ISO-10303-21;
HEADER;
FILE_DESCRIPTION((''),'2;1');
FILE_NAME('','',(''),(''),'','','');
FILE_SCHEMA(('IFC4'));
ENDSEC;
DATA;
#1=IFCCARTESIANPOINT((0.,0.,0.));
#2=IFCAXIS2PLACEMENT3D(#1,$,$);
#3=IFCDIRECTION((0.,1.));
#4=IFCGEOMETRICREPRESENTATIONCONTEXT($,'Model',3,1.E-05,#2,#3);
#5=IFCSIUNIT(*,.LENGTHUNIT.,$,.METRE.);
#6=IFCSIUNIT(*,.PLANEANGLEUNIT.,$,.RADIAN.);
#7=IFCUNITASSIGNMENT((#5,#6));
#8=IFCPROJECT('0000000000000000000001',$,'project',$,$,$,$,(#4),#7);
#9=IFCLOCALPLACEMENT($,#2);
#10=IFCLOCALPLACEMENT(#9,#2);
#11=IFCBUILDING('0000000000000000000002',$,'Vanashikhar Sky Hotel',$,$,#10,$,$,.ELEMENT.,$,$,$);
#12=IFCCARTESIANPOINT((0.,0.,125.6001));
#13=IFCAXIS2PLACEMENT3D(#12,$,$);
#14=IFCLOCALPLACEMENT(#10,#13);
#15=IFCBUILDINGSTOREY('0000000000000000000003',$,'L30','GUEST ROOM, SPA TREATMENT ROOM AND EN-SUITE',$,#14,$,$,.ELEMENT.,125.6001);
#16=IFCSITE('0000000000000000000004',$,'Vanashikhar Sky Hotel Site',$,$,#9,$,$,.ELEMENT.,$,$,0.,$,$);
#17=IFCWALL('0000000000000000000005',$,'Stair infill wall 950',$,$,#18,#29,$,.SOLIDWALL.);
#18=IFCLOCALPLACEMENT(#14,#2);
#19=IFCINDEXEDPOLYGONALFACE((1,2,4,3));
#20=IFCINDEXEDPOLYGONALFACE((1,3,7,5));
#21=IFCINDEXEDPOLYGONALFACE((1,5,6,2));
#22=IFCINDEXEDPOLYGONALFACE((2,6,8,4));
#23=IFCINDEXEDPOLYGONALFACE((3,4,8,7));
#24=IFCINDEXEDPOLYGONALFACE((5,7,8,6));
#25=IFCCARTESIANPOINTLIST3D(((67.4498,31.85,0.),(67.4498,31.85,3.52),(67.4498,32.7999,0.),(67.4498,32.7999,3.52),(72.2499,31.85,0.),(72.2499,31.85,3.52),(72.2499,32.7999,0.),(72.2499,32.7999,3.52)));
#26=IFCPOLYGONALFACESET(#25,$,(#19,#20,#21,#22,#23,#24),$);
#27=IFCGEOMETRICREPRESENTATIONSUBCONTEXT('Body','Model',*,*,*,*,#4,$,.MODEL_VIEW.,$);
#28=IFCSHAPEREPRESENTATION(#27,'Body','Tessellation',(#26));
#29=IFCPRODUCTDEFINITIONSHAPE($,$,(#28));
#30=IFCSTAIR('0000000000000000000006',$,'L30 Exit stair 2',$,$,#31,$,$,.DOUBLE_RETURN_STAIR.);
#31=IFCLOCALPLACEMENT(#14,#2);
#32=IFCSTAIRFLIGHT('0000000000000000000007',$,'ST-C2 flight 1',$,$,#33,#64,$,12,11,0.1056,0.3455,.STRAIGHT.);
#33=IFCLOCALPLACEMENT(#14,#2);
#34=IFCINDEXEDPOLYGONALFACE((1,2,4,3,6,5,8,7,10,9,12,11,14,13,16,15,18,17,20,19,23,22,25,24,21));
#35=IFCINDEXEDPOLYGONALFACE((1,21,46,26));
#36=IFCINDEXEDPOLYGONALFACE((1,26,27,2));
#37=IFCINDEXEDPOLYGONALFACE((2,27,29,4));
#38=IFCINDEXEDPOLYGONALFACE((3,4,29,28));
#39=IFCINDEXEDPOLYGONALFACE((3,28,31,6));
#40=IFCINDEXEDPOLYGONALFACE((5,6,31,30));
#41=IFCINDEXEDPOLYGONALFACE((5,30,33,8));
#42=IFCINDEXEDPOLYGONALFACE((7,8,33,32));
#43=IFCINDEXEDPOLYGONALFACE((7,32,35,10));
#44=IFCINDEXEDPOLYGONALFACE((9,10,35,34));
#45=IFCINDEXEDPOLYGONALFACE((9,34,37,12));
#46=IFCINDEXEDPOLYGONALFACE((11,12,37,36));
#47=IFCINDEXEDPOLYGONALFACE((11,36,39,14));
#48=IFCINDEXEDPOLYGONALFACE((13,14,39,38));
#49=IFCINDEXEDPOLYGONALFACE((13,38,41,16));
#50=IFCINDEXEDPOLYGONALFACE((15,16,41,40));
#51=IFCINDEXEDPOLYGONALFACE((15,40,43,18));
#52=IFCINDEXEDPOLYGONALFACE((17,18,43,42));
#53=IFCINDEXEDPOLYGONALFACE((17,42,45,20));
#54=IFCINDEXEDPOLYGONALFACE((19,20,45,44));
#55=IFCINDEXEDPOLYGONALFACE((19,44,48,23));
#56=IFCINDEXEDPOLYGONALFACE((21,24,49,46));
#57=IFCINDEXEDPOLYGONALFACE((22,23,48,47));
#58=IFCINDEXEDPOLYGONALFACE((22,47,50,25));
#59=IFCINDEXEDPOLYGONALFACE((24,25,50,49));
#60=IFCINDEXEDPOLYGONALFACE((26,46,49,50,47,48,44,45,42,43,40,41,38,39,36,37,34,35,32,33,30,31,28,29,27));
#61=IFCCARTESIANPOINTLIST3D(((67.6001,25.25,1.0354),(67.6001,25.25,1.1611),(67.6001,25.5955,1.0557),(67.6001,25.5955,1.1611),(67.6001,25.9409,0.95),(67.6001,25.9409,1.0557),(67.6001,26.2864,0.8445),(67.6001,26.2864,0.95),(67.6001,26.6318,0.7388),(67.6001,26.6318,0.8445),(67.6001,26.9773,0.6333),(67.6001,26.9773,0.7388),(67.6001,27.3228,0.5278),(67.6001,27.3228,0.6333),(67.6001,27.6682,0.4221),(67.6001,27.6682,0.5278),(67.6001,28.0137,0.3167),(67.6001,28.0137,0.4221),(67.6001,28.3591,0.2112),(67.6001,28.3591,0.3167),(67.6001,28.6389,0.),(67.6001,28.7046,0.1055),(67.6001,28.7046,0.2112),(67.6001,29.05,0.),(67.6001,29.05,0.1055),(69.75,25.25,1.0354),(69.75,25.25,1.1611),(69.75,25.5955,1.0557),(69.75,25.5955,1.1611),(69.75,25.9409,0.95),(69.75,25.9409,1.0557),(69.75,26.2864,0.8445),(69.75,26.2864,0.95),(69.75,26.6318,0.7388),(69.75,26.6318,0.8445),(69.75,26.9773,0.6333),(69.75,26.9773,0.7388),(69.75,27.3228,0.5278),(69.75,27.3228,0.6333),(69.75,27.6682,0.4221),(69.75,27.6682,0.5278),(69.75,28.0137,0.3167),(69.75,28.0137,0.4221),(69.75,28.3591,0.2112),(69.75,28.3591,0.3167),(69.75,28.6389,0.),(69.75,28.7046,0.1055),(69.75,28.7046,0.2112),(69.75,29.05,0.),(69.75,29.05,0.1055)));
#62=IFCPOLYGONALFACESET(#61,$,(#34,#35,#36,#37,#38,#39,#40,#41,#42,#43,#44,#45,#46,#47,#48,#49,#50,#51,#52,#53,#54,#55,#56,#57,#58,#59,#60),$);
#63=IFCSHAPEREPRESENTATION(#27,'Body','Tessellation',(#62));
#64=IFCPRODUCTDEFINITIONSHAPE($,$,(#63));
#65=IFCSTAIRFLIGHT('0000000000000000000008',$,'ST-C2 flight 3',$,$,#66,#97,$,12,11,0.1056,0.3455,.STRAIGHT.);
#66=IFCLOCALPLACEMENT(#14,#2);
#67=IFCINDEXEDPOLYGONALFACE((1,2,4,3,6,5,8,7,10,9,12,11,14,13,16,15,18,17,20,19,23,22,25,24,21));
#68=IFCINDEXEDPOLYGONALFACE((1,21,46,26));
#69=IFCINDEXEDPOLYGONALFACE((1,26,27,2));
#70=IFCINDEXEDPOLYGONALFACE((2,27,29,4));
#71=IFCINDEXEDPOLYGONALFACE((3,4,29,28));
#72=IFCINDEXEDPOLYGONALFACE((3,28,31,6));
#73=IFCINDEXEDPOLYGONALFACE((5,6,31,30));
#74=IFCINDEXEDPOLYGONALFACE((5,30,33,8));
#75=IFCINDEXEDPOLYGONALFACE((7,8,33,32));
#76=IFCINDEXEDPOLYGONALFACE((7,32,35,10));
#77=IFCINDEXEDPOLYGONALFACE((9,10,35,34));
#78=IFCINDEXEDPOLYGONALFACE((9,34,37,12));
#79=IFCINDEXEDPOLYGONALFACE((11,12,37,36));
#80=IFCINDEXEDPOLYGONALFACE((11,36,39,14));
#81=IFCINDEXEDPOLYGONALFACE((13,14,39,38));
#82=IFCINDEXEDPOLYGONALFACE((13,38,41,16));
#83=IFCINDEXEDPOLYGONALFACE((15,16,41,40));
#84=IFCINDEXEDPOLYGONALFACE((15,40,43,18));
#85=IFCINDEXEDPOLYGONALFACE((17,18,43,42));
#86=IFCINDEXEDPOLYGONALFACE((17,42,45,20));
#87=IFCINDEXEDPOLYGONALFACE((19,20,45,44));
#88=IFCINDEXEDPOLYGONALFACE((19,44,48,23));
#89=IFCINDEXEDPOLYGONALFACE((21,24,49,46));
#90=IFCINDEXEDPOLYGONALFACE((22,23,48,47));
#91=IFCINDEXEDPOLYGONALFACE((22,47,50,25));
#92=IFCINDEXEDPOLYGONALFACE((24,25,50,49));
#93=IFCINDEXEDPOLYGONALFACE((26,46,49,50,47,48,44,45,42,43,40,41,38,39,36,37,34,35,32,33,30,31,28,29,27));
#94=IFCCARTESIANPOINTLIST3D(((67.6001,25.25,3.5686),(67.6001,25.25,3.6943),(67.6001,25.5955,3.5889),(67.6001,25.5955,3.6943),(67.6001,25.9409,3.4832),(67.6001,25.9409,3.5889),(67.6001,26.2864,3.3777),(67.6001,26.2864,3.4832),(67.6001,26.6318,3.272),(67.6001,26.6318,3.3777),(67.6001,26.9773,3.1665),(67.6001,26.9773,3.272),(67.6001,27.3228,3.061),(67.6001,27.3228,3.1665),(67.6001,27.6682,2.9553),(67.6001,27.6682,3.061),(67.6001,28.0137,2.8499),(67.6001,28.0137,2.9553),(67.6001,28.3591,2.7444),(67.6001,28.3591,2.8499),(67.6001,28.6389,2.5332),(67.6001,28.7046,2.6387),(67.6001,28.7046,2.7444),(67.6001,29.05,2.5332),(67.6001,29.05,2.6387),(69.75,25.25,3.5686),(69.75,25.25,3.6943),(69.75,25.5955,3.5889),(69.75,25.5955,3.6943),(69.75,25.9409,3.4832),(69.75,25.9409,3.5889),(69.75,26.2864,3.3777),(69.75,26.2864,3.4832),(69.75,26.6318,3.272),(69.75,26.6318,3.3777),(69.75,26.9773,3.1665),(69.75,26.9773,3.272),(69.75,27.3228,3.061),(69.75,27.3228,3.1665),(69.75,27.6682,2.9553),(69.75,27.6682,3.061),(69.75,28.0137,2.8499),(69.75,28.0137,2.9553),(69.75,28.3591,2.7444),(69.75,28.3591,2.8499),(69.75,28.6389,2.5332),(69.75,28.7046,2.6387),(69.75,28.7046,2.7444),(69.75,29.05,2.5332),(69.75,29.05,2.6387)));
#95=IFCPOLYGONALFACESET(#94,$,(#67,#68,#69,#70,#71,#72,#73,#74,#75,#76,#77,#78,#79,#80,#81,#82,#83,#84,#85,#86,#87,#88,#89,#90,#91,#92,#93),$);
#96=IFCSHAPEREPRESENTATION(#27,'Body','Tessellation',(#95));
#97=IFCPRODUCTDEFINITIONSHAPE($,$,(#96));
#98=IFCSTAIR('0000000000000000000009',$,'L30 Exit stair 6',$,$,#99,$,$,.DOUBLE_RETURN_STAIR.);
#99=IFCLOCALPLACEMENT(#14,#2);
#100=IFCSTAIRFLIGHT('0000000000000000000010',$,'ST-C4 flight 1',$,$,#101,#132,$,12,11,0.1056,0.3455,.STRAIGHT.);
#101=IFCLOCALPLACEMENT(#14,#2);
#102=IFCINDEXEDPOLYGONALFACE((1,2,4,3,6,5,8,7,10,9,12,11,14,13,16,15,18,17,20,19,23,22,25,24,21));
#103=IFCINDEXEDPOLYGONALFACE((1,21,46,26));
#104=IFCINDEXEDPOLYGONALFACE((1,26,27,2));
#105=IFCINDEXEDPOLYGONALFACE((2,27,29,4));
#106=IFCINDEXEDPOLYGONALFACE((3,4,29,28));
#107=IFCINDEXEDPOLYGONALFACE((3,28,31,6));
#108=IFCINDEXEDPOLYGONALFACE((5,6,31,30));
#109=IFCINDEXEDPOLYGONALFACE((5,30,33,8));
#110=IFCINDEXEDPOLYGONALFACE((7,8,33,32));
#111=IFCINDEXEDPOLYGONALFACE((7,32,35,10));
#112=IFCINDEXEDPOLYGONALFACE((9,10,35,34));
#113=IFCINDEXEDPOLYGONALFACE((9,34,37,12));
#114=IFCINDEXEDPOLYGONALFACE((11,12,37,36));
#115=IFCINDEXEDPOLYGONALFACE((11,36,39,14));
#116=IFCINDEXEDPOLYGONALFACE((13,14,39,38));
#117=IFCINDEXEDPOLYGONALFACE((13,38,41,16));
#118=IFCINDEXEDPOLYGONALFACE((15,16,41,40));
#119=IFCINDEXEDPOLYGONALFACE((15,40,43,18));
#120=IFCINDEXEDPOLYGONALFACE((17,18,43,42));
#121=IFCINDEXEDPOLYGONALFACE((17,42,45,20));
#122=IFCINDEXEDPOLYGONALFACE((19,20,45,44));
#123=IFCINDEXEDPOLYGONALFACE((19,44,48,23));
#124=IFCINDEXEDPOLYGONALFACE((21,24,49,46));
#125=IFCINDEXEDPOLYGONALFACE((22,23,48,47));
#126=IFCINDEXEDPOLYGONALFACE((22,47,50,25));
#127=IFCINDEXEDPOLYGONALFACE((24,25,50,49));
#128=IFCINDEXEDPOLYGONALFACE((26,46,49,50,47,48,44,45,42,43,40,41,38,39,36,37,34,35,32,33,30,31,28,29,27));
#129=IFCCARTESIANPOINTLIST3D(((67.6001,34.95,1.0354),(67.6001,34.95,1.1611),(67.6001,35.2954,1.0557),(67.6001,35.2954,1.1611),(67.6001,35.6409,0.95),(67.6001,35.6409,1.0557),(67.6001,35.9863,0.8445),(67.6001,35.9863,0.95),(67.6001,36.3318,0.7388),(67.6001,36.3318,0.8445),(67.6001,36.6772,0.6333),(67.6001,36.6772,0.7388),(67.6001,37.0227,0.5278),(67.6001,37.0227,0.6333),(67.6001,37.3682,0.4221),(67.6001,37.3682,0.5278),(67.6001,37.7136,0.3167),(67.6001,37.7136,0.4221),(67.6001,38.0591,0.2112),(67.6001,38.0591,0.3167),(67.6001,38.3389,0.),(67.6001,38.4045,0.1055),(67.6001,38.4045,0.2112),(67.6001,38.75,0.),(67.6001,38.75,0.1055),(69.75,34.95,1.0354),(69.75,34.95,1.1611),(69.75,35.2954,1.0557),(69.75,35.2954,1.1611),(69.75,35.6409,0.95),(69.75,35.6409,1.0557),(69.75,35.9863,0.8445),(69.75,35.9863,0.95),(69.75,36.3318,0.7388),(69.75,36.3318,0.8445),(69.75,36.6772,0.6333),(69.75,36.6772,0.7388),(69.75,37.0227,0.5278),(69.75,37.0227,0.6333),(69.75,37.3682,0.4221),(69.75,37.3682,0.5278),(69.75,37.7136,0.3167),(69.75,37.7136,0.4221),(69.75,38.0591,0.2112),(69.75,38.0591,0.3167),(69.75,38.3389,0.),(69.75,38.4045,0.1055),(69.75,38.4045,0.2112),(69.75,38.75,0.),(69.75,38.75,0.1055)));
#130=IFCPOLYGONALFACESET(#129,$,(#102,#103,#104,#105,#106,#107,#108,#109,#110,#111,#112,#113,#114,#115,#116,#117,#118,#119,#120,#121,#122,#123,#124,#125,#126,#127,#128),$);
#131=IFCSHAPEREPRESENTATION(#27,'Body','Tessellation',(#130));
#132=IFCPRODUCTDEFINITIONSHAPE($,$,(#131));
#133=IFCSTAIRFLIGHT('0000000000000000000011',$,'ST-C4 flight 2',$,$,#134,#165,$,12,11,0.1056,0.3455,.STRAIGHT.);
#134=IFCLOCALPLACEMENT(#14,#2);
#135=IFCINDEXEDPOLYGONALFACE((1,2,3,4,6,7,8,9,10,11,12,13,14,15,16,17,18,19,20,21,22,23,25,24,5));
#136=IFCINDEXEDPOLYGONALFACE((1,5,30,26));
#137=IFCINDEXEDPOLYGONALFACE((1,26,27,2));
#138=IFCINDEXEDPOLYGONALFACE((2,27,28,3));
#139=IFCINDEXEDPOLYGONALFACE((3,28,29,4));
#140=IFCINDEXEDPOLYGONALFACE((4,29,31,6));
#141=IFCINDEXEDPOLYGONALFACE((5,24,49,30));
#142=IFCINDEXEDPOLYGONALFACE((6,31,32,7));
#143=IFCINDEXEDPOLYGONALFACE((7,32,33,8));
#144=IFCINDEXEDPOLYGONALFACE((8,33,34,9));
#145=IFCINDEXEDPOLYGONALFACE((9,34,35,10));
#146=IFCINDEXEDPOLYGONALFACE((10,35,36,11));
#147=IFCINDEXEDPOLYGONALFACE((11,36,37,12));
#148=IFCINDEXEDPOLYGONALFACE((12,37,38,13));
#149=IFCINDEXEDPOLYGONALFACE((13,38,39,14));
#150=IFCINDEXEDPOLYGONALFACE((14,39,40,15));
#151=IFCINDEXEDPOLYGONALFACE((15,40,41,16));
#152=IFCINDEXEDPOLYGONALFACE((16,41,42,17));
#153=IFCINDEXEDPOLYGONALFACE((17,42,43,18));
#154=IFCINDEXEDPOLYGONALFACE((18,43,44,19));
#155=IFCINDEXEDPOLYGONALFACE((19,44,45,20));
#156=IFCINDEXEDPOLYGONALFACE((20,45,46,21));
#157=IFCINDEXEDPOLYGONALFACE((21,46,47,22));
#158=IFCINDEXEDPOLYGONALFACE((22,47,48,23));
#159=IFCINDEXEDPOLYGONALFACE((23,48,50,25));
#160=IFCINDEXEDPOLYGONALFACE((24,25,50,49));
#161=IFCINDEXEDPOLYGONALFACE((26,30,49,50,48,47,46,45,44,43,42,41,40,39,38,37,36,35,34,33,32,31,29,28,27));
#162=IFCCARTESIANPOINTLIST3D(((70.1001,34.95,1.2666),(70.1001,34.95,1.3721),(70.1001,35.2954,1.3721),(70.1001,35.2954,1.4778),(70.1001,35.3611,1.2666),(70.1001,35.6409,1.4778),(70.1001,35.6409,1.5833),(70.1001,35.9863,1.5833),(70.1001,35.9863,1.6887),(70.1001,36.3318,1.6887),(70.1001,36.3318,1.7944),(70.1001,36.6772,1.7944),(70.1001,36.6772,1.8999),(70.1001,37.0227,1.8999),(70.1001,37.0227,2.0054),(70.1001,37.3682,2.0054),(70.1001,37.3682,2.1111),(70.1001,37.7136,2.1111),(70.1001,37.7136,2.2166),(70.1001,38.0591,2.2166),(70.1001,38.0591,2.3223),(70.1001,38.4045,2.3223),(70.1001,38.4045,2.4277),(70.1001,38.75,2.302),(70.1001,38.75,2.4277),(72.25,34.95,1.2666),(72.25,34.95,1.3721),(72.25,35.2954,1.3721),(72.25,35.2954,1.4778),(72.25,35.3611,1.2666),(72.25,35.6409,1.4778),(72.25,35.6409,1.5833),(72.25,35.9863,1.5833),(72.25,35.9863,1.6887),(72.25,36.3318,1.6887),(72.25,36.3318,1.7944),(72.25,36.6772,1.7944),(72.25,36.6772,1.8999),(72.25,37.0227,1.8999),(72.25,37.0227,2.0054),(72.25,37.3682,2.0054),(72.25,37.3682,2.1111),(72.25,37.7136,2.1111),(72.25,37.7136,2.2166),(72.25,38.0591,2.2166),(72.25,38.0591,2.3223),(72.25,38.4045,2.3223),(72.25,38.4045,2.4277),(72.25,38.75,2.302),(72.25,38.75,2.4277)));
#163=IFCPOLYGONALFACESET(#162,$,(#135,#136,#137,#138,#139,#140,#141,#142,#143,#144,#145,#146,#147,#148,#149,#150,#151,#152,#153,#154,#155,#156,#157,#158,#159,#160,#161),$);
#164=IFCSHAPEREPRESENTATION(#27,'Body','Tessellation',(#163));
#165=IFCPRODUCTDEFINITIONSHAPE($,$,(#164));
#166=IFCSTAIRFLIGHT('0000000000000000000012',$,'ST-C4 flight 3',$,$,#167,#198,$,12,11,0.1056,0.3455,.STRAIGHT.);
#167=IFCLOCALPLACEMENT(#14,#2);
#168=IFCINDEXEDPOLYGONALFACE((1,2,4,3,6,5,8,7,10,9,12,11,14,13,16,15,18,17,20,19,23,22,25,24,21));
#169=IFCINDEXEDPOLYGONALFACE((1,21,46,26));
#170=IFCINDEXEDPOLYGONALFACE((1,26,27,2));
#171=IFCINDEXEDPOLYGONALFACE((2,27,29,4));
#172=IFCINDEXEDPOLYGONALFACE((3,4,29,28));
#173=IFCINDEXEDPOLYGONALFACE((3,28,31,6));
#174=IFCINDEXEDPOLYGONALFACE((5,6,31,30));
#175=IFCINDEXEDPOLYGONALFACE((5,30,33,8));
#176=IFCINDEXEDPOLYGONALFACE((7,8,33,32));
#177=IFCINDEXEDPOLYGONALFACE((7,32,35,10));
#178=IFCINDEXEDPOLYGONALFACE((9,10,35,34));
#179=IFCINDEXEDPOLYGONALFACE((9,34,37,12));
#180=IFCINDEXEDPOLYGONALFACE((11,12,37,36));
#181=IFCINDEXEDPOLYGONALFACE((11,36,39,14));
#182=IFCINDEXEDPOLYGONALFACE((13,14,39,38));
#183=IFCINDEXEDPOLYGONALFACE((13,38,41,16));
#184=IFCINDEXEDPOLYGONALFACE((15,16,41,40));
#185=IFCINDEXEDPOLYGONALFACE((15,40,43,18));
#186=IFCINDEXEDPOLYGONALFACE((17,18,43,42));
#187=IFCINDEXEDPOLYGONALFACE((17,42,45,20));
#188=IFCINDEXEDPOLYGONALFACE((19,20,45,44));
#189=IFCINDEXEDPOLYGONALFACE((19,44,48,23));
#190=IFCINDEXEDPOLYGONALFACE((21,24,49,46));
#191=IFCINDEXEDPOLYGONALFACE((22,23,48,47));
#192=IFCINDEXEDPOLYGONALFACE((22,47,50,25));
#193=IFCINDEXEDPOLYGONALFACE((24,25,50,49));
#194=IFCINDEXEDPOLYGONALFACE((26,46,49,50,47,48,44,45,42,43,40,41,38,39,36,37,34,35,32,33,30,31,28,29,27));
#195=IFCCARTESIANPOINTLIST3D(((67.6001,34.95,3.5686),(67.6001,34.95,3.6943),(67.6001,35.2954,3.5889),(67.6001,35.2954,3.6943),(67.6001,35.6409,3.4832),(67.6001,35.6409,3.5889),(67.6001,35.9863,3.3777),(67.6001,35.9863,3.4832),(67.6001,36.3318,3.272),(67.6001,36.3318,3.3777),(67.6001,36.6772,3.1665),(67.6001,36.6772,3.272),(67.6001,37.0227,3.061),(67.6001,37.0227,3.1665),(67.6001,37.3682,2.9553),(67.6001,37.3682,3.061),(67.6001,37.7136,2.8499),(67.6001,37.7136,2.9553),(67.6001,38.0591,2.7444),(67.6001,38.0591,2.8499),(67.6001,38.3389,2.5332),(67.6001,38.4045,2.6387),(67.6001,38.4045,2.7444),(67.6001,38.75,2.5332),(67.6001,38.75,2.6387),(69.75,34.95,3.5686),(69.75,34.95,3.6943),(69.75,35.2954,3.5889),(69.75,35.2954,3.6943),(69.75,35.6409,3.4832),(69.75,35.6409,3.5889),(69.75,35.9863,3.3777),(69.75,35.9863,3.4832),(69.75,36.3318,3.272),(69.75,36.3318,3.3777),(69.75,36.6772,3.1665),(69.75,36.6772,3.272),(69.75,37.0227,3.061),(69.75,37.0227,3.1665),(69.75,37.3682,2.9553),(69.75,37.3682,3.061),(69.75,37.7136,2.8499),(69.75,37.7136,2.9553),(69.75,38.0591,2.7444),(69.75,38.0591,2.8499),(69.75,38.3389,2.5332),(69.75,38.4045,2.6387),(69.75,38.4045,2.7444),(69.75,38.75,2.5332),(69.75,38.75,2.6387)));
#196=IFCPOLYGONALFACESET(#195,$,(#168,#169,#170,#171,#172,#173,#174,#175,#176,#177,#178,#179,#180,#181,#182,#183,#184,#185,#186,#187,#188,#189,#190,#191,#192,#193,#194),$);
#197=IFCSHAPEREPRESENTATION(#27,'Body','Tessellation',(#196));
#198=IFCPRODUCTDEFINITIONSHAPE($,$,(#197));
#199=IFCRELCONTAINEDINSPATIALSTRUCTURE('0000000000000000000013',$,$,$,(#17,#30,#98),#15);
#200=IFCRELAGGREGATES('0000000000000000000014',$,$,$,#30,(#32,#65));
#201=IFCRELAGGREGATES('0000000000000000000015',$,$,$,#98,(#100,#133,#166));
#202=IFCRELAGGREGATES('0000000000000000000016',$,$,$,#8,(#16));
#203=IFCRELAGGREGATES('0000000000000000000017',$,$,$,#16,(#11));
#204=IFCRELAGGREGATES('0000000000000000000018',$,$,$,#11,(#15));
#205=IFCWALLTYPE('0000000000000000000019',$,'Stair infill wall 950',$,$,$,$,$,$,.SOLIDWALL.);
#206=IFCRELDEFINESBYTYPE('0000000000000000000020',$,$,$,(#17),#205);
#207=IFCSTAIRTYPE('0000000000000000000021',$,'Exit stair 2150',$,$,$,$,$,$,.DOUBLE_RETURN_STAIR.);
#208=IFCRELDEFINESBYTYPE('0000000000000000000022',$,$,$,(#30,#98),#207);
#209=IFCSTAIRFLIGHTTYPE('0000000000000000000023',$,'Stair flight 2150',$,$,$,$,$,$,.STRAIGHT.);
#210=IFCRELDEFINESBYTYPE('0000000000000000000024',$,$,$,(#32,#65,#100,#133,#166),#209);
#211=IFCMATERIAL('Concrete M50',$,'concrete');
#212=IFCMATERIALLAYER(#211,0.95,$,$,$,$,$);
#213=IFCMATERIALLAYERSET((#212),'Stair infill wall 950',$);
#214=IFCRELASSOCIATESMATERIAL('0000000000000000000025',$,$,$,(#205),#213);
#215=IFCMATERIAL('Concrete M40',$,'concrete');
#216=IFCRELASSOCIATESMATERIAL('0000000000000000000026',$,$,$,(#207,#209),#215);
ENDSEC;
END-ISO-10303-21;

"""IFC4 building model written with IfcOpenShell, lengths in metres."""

from ifc_helpers import new_model, si_unit, direction, frame, frame_2d, origin, place, context, subcontext, project, spatial, polyline, rectangle, outline, extrude, source, transform, mapped, material, layer, layer_set, type_object, element, aggregate, save


model = new_model("IFC4")

# Units and contexts
model_context = context("Model", 3, precision=1e-05, world=origin(), true_north=direction((0.0, 1.0)))
body_context = subcontext(model_context, "Body", "Model", "MODEL_VIEW")
ifc_project = project(units=[si_unit("LENGTHUNIT", "METRE"), si_unit("PLANEANGLEUNIT", "RADIAN")], contexts=[model_context])

# Site, building, storey
site_placement = place(None, origin())
site = spatial("IfcSite", under=ifc_project, at=site_placement, Name="Vanashikhar Sky Hotel Site", CompositionType="ELEMENT", RefElevation=0.0)
building_placement = place(site_placement, origin())
building = spatial("IfcBuilding", under=site, at=building_placement, Name="Vanashikhar Sky Hotel", CompositionType="ELEMENT")
storey_placement = place(building_placement, frame((0.0, 0.0, 125.6001)))
storey = spatial("IfcBuildingStorey", under=building, at=storey_placement, Name="L30", Description="GUEST ROOM, SPA TREATMENT ROOM AND EN-SUITE", CompositionType="ELEMENT", Elevation=125.6001)

# Shared definitions
ifc_material_1 = material(Name="Concrete M40", Category="concrete")

# Shared definitions
ifc_material_2 = material(Name="Concrete M50", Category="concrete")

# Wall
ifc_layer_1 = layer(ifc_material_2, 0.95)
ifc_layer_set_1 = layer_set([ifc_layer_1], Name="Stair infill wall 950")
wall_type_1 = type_object("IfcWallType", Name="Stair infill wall 950", PredefinedType="SOLIDWALL", material=ifc_layer_set_1)
shared_shape_1 = source(origin(), body_context, "Body", "SweptSolid", [
    extrude(rectangle(XDim=4.8, YDim=0.95, at=frame_2d((2.3999, 0.0))), origin(), (0.0, 0.0, 1.0), 3.52),
])
wall_1_placement = place(storey_placement, frame((67.45, 32.325, 0.0), z_axis=(0.0, 0.0, 1.0), x_axis=(1.0, 0.0, 0.0)))
element("IfcWall", 1, at=wall_1_placement, inside=storey, type_object=wall_type_1, Name="Stair infill wall 950", PredefinedType="SOLIDWALL", context=body_context, shape_type="MappedRepresentation", body=[
    mapped(shared_shape_1, transform((0.0, 0.0, 0.0), scale=1.0)),
])

# Stairs, stair flights
stair_type = type_object("IfcStairType", Name="Exit stair 2150", PredefinedType="DOUBLE_RETURN_STAIR", material=ifc_material_1)
stair_1_placement = place(storey_placement, origin())
stair_1 = element("IfcStair", 2, at=stair_1_placement, inside=storey, type_object=stair_type, Name="L30 Exit stair 2", PredefinedType="DOUBLE_RETURN_STAIR")
stair_flight_type = type_object("IfcStairFlightType", Name="Stair flight 2150", PredefinedType="STRAIGHT", material=ifc_material_1)
shared_shape_2 = source(origin(), body_context, "Body", "SweptSolid", [
    extrude(outline(polyline([(0.0, 0.0), (0.0, 0.1055), (0.3455, 0.1055), (0.3455, 0.2112), (0.6909, 0.2112), (0.6909, 0.3167), (1.0364, 0.3167), (1.0364, 0.4221), (1.3818, 0.4221), (1.3818, 0.5278), (1.7273, 0.5278), (1.7273, 0.6333), (2.0728, 0.6333), (2.0728, 0.7388), (2.4182, 0.7388), (2.4182, 0.8445), (2.7637, 0.8445), (2.7637, 0.95), (3.1091, 0.95), (3.1091, 1.0557), (3.4546, 1.0557), (3.4546, 1.1611), (3.8, 1.1611), (3.8, 1.2666), (3.8, 1.0354), (0.4111, 0.0), (0.0, 0.0)])), frame((0.0, 1.075, 0.0), z_axis=(0.0, -1.0, 0.0), x_axis=(1.0, 0.0, 0.0)), (0.0, 0.0, 1.0), 2.1499),
])
stair_flight_1_placement = place(storey_placement, frame((68.675, 29.05, 0.0), z_axis=(0.0, 0.0, 1.0), x_axis=(0.0, -1.0, 0.0)))
stair_flight_1 = element("IfcStairFlight", 3, at=stair_flight_1_placement, type_object=stair_flight_type, Name="ST-C2 flight 1", NumberOfRisers=12, NumberOfTreads=11, PredefinedType="STRAIGHT", RiserHeight=0.1056, TreadLength=0.3455, context=body_context, shape_type="MappedRepresentation", body=[
    mapped(shared_shape_2, transform((0.0, 0.0, 0.0), scale=1.0)),
])
stair_flight_2_placement = place(storey_placement, frame((68.675, 29.05, 2.5332), z_axis=(0.0, 0.0, 1.0), x_axis=(0.0, -1.0, 0.0)))
stair_flight_2 = element("IfcStairFlight", 4, at=stair_flight_2_placement, type_object=stair_flight_type, Name="ST-C2 flight 3", NumberOfRisers=12, NumberOfTreads=11, PredefinedType="STRAIGHT", RiserHeight=0.1056, TreadLength=0.3455, context=body_context, shape_type="MappedRepresentation", body=[
    mapped(shared_shape_2, transform((0.0, 0.0, 0.0), scale=1.0)),
])
aggregate(stair_1, [stair_flight_1, stair_flight_2])
stair_2_placement = place(storey_placement, origin())
stair_2 = element("IfcStair", 5, at=stair_2_placement, inside=storey, type_object=stair_type, Name="L30 Exit stair 6", PredefinedType="DOUBLE_RETURN_STAIR")
stair_flight_3_placement = place(storey_placement, frame((68.675, 38.75, 0.0), z_axis=(0.0, 0.0, 1.0), x_axis=(0.0, -1.0, 0.0)))
stair_flight_3 = element("IfcStairFlight", 6, at=stair_flight_3_placement, type_object=stair_flight_type, Name="ST-C4 flight 1", NumberOfRisers=12, NumberOfTreads=11, PredefinedType="STRAIGHT", RiserHeight=0.1056, TreadLength=0.3455, context=body_context, shape_type="MappedRepresentation", body=[
    mapped(shared_shape_2, transform((0.0, 0.0, 0.0), scale=1.0)),
])
stair_flight_4_placement = place(storey_placement, frame((71.175, 34.95, 1.2666), z_axis=(0.0, 0.0, 1.0), x_axis=(0.0, 1.0, 0.0)))
stair_flight_4 = element("IfcStairFlight", 7, at=stair_flight_4_placement, type_object=stair_flight_type, Name="ST-C4 flight 2", NumberOfRisers=12, NumberOfTreads=11, PredefinedType="STRAIGHT", RiserHeight=0.1056, TreadLength=0.3455, context=body_context, shape_type="MappedRepresentation", body=[
    mapped(shared_shape_2, transform((0.0, 0.0, 0.0), scale=1.0)),
])
stair_flight_5_placement = place(storey_placement, frame((68.675, 38.75, 2.5332), z_axis=(0.0, 0.0, 1.0), x_axis=(0.0, -1.0, 0.0)))
stair_flight_5 = element("IfcStairFlight", 8, at=stair_flight_5_placement, type_object=stair_flight_type, Name="ST-C4 flight 3", NumberOfRisers=12, NumberOfTreads=11, PredefinedType="STRAIGHT", RiserHeight=0.1056, TreadLength=0.3455, context=body_context, shape_type="MappedRepresentation", body=[
    mapped(shared_shape_2, transform((0.0, 0.0, 0.0), scale=1.0)),
])
aggregate(stair_2, [stair_flight_3, stair_flight_4, stair_flight_5])

save(model, "model.ifc")
